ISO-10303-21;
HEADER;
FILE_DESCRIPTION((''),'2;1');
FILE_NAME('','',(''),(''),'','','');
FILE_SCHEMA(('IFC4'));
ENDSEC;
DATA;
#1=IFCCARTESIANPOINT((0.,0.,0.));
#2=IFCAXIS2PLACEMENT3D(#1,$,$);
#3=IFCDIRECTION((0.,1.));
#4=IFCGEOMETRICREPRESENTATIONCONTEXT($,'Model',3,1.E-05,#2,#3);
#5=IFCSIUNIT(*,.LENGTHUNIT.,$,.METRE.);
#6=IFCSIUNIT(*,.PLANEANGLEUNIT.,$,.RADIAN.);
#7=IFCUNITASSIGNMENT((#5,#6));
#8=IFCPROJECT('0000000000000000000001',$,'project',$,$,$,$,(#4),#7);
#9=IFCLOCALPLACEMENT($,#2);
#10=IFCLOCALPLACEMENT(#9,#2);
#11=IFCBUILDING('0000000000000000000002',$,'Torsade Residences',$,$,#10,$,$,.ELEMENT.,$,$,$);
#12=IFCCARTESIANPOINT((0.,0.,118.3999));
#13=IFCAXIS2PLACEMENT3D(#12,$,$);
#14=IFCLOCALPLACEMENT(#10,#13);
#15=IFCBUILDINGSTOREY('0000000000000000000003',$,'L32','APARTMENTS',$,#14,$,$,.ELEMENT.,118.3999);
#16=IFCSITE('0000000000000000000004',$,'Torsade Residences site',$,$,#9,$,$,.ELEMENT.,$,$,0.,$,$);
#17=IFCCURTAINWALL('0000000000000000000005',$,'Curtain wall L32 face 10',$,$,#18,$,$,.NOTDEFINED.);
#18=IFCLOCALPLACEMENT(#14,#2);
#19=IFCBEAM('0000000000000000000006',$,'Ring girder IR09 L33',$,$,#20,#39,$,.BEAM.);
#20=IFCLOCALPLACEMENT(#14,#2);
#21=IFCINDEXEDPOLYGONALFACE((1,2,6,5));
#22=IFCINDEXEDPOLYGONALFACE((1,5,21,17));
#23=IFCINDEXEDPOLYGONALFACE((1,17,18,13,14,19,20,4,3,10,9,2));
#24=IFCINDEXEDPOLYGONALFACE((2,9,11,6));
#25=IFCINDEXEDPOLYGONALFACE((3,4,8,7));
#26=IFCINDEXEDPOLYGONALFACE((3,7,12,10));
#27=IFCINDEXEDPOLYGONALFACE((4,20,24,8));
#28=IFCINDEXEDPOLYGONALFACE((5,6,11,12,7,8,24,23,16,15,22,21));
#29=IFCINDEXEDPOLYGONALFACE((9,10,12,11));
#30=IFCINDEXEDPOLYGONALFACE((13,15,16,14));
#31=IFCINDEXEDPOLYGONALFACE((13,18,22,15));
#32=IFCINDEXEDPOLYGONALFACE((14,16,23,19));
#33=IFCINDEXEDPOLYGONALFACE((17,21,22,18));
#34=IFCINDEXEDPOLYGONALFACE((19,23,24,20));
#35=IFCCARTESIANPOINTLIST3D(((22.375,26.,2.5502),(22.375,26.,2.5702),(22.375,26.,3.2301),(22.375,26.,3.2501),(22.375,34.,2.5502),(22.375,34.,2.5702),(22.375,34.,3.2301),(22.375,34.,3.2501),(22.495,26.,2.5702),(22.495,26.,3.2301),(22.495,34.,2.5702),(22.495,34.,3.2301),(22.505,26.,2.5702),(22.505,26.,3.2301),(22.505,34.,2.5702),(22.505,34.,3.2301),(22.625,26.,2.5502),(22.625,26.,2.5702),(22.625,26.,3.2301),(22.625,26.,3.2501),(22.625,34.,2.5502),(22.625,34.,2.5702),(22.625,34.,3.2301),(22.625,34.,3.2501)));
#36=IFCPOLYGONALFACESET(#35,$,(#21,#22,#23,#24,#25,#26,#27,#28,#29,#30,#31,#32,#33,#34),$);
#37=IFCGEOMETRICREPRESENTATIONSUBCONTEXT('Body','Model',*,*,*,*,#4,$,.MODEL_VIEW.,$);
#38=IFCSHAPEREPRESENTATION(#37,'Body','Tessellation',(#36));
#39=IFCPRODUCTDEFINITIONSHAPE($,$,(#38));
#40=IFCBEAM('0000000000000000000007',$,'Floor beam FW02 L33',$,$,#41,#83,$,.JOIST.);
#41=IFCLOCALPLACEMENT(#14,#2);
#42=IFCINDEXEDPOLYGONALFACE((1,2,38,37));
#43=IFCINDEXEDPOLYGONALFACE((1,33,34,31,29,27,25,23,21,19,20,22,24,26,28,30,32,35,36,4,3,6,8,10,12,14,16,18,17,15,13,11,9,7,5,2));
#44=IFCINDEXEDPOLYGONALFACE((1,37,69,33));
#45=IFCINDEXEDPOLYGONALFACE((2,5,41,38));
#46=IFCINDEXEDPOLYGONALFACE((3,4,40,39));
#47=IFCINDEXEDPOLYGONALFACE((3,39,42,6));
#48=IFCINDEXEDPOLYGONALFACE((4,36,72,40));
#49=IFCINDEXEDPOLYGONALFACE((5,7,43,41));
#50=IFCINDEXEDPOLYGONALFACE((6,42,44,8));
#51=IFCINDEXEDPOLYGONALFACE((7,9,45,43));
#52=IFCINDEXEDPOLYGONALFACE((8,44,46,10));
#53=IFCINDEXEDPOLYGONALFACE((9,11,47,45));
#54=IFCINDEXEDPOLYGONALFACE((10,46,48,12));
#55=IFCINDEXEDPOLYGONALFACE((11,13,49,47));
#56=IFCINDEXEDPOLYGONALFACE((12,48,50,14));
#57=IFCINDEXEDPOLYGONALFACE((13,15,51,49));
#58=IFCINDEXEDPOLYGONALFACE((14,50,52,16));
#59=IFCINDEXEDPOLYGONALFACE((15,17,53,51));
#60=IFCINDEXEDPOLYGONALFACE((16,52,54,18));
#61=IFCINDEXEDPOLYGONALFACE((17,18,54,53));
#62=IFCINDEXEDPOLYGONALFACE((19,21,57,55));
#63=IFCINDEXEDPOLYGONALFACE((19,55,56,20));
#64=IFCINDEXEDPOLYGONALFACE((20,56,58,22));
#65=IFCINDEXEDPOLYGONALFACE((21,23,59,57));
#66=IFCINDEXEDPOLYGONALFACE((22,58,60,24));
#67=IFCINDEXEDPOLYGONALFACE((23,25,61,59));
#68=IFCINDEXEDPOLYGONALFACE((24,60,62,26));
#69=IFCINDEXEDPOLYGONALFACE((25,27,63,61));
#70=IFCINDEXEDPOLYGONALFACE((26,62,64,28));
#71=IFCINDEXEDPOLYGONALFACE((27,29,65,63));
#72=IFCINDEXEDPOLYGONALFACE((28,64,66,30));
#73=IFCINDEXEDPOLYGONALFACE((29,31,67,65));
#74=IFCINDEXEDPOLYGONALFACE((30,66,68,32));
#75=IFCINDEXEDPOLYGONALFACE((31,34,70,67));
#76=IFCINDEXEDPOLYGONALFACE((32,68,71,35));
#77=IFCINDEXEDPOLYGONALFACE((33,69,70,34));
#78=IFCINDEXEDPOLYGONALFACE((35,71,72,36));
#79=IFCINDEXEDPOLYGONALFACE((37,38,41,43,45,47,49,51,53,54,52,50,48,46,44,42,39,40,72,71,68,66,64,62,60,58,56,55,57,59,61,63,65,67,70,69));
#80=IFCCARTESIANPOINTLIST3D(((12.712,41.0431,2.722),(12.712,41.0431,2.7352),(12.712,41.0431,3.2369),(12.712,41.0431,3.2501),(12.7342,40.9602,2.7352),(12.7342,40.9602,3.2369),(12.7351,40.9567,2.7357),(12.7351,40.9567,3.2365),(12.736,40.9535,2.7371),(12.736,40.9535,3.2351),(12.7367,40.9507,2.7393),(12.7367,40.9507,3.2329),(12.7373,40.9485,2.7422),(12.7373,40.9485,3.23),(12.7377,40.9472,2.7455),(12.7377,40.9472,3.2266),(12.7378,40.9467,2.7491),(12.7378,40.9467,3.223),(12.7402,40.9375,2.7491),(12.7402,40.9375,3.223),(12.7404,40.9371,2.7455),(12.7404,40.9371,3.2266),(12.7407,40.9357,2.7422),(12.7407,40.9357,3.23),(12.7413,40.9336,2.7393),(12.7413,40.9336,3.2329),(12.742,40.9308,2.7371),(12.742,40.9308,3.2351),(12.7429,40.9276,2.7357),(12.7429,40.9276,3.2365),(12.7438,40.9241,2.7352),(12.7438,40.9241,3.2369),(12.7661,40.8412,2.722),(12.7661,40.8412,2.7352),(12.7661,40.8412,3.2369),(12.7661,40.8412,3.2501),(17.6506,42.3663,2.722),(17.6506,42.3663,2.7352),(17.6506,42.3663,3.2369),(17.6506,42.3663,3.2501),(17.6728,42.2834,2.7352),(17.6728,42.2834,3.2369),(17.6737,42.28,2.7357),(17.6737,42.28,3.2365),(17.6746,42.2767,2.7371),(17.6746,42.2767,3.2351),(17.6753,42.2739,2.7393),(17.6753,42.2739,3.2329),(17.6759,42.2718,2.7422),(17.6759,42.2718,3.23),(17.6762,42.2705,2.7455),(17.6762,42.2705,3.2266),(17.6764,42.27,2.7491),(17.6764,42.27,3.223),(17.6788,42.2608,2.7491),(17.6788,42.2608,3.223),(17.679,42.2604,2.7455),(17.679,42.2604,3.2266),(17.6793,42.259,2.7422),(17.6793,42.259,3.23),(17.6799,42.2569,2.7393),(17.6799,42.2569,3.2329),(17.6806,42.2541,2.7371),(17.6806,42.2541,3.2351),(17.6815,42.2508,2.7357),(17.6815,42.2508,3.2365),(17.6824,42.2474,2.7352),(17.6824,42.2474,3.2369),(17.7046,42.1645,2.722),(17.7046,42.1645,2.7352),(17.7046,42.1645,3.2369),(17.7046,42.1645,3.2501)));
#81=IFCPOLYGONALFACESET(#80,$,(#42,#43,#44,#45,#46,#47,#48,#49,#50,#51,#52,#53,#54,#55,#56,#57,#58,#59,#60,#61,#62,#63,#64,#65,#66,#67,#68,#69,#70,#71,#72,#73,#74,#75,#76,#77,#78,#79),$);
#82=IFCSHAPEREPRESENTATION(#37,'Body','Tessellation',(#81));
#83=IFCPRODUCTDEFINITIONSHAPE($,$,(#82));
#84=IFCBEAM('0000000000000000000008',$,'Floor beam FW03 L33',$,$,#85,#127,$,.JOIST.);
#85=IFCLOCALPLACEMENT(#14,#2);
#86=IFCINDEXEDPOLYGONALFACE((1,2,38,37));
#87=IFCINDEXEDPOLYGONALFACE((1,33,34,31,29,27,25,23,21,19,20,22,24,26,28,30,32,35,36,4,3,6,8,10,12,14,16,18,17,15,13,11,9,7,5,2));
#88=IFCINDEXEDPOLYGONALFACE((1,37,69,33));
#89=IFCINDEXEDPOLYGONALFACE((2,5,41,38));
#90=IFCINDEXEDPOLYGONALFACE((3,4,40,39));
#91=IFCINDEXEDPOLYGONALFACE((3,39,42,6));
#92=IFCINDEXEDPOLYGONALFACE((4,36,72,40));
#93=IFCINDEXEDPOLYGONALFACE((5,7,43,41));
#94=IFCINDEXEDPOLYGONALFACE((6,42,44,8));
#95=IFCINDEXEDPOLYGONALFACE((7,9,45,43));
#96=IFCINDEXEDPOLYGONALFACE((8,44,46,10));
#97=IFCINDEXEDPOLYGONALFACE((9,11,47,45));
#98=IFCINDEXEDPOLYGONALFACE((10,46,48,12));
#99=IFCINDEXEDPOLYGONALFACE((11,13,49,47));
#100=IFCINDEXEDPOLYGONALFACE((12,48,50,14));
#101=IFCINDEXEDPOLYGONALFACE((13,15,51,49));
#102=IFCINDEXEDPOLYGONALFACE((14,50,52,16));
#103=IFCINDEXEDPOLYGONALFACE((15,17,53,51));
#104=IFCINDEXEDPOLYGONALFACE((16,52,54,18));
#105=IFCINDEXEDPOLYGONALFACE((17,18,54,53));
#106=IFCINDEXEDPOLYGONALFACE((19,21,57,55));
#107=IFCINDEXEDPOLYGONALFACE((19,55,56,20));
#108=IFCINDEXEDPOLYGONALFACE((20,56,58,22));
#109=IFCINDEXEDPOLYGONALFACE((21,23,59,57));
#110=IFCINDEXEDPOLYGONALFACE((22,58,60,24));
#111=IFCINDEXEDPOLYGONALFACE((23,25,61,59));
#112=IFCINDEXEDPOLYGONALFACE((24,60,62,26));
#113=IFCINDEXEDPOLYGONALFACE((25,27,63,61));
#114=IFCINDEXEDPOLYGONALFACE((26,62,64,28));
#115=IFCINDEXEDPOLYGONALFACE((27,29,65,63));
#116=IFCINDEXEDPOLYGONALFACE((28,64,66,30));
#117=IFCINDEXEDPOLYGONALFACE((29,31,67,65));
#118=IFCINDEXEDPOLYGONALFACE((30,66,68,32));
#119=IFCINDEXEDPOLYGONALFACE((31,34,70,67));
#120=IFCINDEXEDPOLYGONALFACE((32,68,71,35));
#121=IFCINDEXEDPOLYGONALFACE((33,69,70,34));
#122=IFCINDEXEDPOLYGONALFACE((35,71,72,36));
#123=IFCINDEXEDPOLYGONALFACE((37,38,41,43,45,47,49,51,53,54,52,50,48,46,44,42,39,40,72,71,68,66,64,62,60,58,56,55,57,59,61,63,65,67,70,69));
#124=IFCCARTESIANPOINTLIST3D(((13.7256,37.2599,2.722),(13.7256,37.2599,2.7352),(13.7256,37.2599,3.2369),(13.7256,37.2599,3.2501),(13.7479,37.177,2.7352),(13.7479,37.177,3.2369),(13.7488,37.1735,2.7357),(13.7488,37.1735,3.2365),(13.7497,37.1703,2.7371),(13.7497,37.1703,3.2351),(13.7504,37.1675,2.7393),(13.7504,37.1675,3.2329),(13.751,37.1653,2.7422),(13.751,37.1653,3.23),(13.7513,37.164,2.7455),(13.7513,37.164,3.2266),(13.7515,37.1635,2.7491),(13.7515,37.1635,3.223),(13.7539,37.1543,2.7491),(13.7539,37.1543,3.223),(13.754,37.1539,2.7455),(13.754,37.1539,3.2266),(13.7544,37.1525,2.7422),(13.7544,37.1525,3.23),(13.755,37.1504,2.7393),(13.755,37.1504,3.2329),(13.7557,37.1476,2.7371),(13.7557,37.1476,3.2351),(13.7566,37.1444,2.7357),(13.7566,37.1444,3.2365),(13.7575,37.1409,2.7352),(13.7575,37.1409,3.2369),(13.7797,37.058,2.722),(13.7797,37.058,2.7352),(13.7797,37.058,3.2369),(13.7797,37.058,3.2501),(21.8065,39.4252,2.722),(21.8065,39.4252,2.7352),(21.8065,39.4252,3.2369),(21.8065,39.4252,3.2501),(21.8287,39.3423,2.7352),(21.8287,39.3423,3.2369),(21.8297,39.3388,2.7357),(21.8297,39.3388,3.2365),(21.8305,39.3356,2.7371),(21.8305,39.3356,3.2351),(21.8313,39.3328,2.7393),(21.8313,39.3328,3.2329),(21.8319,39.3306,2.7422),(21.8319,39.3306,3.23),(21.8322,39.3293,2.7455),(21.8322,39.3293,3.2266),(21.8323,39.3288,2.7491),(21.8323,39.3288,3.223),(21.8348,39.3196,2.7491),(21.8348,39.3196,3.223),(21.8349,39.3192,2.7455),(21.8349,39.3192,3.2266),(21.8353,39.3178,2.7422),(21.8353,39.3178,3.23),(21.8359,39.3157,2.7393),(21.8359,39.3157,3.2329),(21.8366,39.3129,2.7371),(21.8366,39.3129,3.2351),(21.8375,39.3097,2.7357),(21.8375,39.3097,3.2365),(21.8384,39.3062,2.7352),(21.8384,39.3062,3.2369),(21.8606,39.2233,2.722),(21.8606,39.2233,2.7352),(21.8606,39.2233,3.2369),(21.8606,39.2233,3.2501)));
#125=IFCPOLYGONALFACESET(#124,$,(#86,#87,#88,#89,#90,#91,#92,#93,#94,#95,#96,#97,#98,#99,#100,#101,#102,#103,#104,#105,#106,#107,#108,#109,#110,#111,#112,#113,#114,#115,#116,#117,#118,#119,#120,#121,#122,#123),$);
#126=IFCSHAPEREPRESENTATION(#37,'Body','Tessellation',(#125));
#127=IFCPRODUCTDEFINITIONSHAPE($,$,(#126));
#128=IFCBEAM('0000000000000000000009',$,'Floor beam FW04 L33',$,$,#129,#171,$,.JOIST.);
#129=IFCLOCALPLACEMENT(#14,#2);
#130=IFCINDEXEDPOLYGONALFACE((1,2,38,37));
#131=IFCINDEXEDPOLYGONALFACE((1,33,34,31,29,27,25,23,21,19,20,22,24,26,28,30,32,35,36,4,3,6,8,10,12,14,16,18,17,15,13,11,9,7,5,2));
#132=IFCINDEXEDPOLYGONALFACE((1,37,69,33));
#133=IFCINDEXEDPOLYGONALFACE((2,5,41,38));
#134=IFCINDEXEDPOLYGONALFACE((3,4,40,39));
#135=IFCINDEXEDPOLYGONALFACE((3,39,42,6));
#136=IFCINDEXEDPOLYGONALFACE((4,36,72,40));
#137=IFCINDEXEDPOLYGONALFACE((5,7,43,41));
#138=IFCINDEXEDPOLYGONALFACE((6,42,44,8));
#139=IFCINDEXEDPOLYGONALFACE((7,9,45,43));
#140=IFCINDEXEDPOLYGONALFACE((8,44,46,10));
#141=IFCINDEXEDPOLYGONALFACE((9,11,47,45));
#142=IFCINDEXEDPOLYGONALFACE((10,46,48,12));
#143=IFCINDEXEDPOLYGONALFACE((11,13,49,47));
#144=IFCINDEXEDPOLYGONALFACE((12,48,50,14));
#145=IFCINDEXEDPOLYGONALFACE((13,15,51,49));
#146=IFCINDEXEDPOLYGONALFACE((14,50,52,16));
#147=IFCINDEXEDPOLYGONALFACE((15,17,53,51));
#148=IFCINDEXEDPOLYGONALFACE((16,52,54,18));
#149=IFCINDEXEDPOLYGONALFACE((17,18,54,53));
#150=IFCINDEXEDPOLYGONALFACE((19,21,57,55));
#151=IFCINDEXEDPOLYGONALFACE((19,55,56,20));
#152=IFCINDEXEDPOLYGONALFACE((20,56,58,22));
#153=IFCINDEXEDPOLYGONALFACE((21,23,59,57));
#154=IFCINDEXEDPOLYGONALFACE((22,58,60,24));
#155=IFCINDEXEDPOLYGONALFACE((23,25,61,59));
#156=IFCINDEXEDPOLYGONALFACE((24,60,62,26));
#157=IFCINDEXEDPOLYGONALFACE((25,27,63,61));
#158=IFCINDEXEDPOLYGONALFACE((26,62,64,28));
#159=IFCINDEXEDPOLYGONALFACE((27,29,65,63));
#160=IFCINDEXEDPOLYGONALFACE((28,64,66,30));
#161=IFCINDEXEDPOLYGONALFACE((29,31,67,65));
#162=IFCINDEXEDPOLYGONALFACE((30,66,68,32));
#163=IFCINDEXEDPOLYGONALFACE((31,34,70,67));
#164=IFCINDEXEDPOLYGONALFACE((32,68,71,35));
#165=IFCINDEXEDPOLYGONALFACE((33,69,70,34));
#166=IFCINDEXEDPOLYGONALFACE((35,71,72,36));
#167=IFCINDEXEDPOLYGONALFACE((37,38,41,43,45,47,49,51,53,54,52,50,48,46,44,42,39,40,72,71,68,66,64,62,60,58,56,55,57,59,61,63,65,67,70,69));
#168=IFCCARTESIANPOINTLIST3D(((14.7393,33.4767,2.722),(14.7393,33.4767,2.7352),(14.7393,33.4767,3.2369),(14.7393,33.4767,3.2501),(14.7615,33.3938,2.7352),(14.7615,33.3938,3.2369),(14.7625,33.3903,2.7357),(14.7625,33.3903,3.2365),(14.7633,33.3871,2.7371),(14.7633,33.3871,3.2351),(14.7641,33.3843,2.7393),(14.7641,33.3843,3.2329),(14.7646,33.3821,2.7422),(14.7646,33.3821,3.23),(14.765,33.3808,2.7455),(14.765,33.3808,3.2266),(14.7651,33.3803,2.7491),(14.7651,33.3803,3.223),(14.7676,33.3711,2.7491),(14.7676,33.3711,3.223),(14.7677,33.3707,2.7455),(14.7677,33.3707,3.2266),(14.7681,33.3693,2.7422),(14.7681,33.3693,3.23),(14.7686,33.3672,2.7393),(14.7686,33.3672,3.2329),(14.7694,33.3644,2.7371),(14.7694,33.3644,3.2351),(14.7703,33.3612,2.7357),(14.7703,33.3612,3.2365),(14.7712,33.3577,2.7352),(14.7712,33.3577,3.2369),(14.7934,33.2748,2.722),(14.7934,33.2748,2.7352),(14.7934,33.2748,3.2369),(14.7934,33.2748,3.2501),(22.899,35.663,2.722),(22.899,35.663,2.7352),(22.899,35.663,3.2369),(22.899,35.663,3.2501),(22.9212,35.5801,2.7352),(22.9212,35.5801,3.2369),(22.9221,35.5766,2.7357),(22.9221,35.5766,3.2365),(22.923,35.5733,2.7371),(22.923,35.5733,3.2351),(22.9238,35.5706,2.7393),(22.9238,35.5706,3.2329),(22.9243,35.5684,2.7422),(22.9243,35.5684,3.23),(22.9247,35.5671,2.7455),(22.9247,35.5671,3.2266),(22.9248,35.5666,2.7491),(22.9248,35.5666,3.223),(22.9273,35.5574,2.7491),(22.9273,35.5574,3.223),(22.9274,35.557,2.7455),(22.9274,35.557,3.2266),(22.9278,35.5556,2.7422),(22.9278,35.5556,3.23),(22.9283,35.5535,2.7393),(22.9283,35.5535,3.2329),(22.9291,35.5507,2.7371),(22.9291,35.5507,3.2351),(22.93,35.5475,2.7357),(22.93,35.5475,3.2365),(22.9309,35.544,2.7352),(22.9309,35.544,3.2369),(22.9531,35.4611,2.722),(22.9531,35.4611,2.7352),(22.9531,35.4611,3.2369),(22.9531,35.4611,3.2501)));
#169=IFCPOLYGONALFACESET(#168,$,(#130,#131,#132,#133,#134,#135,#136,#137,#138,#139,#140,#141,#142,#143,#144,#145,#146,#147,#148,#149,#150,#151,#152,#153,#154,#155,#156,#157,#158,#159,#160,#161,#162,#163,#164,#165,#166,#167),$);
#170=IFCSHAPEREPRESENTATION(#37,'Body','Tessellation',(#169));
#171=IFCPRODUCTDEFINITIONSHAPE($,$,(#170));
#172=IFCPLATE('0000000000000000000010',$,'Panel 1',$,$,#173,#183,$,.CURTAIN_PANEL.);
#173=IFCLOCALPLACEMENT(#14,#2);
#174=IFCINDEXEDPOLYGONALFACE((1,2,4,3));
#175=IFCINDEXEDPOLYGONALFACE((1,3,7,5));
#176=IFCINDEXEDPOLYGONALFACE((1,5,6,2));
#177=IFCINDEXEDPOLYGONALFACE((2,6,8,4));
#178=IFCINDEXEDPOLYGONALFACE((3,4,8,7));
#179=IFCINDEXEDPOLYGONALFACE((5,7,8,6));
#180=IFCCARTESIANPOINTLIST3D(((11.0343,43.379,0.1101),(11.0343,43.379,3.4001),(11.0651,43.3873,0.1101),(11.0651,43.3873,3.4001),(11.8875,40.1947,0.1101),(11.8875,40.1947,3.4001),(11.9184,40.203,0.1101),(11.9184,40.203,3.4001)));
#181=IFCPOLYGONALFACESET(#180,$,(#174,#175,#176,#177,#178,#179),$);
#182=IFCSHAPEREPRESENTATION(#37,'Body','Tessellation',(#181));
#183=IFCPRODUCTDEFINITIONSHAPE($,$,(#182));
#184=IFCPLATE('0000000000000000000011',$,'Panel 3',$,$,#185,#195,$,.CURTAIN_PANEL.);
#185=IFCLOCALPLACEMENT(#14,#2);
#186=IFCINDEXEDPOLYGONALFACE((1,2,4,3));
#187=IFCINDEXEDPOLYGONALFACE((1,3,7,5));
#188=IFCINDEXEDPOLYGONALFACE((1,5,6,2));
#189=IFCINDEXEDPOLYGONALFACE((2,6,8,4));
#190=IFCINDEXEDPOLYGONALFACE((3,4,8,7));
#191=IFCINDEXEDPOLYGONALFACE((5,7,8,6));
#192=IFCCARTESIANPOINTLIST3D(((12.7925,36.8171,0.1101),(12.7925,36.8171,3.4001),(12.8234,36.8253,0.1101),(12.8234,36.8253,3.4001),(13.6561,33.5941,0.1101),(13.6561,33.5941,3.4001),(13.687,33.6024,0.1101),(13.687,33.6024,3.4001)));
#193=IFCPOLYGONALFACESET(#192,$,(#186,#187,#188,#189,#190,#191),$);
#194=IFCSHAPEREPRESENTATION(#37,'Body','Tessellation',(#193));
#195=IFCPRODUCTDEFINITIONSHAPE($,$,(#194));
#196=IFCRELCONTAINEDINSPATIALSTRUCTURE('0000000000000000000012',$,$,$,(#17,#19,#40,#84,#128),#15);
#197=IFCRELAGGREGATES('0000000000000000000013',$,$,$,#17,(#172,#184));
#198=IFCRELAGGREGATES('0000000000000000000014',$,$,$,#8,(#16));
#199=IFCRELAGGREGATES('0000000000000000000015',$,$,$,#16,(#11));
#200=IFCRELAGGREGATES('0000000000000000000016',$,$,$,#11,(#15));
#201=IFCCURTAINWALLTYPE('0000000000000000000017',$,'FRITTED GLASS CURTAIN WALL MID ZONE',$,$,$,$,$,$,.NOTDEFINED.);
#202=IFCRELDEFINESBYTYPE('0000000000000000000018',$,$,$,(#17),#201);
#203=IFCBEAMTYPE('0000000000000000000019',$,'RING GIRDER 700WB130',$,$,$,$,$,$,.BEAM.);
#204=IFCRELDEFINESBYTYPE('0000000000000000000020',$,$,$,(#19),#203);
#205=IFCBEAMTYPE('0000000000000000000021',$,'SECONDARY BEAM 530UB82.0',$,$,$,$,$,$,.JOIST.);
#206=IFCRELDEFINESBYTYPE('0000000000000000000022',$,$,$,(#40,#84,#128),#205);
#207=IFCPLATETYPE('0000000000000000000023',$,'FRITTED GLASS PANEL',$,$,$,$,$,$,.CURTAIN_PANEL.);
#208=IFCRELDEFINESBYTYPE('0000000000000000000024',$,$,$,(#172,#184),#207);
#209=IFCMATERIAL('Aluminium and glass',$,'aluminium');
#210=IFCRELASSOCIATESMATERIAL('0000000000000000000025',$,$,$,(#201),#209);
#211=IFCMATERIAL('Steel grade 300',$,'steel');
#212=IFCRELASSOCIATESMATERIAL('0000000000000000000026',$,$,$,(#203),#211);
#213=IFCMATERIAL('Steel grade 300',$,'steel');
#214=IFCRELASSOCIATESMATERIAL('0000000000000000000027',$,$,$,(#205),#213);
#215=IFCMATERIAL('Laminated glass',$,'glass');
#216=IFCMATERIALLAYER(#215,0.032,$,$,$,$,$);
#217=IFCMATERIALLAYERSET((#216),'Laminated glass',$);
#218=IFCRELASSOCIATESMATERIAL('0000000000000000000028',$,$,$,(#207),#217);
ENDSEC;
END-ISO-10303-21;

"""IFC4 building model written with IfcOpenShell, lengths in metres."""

from ifc_helpers import new_model, si_unit, direction, frame, origin, origin_2d, place, context, subcontext, project, spatial, rectangle, i_section, extrude, material, layer, layer_set, material_profile, profile_set, type_object, element, aggregate, save


model = new_model("IFC4")

# Units and contexts
model_context = context("Model", 3, precision=1e-05, world=origin(), true_north=direction((0.0, 1.0)))
body_context = subcontext(model_context, "Body", "Model", "MODEL_VIEW")
ifc_project = project(units=[si_unit("LENGTHUNIT", "METRE"), si_unit("PLANEANGLEUNIT", "RADIAN")], contexts=[model_context])

# Site, building, storey
site_placement = place(None, origin())
site = spatial("IfcSite", under=ifc_project, at=site_placement, Name="Torsade Residences site", CompositionType="ELEMENT", RefElevation=0.0)
building_placement = place(site_placement, origin())
building = spatial("IfcBuilding", under=site, at=building_placement, Name="Torsade Residences", CompositionType="ELEMENT")
storey_placement = place(building_placement, frame((0.0, 0.0, 118.3999)))
storey = spatial("IfcBuildingStorey", under=building, at=storey_placement, Name="L32", Description="APARTMENTS", CompositionType="ELEMENT", Elevation=118.3999)

# Curtain wall
ifc_material_1 = material(Name="Aluminium and glass", Category="aluminium")
curtain_wall_type = type_object("IfcCurtainWallType", Name="FRITTED GLASS CURTAIN WALL MID ZONE", PredefinedType="NOTDEFINED", material=ifc_material_1)
curtain_wall_placement = place(storey_placement, origin())
curtain_wall = element("IfcCurtainWall", 1, at=curtain_wall_placement, inside=storey, type_object=curtain_wall_type, Name="Curtain wall L32 face 10", PredefinedType="NOTDEFINED")

# Beams
ifc_material_2 = material(Name="Steel grade 300", Category="steel")
ifc_material_profile_1 = material_profile(ifc_material_2, i_section(OverallWidth=0.25, OverallDepth=0.7, WebThickness=0.01, FlangeThickness=0.02, at=origin_2d()), Name="700WB130")
ifc_profile_set_1 = profile_set([ifc_material_profile_1], Name="Steel grade 300")
beam_type_1 = type_object("IfcBeamType", Name="RING GIRDER 700WB130", PredefinedType="BEAM", material=ifc_profile_set_1)
beam_1_placement = place(storey_placement, frame((22.5, 34.0, 2.9001), z_axis=(0.0, -1.0, 0.0), x_axis=(1.0, 0.0, 0.0)))
element("IfcBeam", 2, at=beam_1_placement, inside=storey, type_object=beam_type_1, Name="Ring girder IR09 L33", PredefinedType="BEAM", context=body_context, shape_type="SweptSolid", body=[
    extrude(i_section(OverallWidth=0.25, OverallDepth=0.7, WebThickness=0.01, FlangeThickness=0.02, at=origin_2d()), origin(), (0.0, 0.0, 1.0), 8.0),
])
ifc_material_3 = material(Name="Steel grade 300", Category="steel")
ifc_material_profile_2 = material_profile(ifc_material_3, i_section(OverallWidth=0.209, OverallDepth=0.5281, WebThickness=0.0095, FlangeThickness=0.0132, FilletRadius=0.0139, at=origin_2d()), Name="530UB82.0")
ifc_profile_set_2 = profile_set([ifc_material_profile_2], Name="Steel grade 300")
beam_type_2 = type_object("IfcBeamType", Name="SECONDARY BEAM 530UB82.0", PredefinedType="JOIST", material=ifc_profile_set_2)
beam_2_placement = place(storey_placement, frame((12.739, 40.9421, 2.9861), z_axis=(0.965927, 0.258816, 0.0), x_axis=(-0.258816, 0.965927, 0.0)))
element("IfcBeam", 3, at=beam_2_placement, inside=storey, type_object=beam_type_2, Name="Floor beam FW02 L33", PredefinedType="JOIST", context=body_context, shape_type="SweptSolid", body=[
    extrude(i_section(OverallWidth=0.209, OverallDepth=0.5281, WebThickness=0.0095, FlangeThickness=0.0132, FilletRadius=0.0139, at=origin_2d()), origin(), (0.0, 0.0, 1.0), 5.1128),
])
beam_3_placement = place(storey_placement, frame((13.7527, 37.1589, 2.9861), z_axis=(0.965925, 0.258823, 0.0), x_axis=(-0.258823, 0.965925, 0.0)))
element("IfcBeam", 4, at=beam_3_placement, inside=storey, type_object=beam_type_2, Name="Floor beam FW03 L33", PredefinedType="JOIST", context=body_context, shape_type="SweptSolid", body=[
    extrude(i_section(OverallWidth=0.209, OverallDepth=0.5281, WebThickness=0.0095, FlangeThickness=0.0132, FilletRadius=0.0139, at=origin_2d()), origin(), (0.0, 0.0, 1.0), 8.366),
])
beam_4_placement = place(storey_placement, frame((14.7664, 33.3757, 2.9861), z_axis=(0.965929, 0.258808, 0.0), x_axis=(-0.258808, 0.965929, 0.0)))
element("IfcBeam", 5, at=beam_4_placement, inside=storey, type_object=beam_type_2, Name="Floor beam FW04 L33", PredefinedType="JOIST", context=body_context, shape_type="SweptSolid", body=[
    extrude(i_section(OverallWidth=0.209, OverallDepth=0.5281, WebThickness=0.0095, FlangeThickness=0.0132, FilletRadius=0.0139, at=origin_2d()), origin(), (0.0, 0.0, 1.0), 8.4475),
])

# Plates
ifc_material_4 = material(Name="Laminated glass", Category="glass")
ifc_layer_1 = layer(ifc_material_4, 0.032)
ifc_layer_set_1 = layer_set([ifc_layer_1], Name="Laminated glass")
plate_type_1 = type_object("IfcPlateType", Name="FRITTED GLASS PANEL", PredefinedType="CURTAIN_PANEL", material=ifc_layer_set_1)
plate_1_placement = place(storey_placement, frame((11.4763, 41.791, 0.1101), z_axis=(0.0, 0.0, 1.0), x_axis=(0.258819, -0.965926, 0.0)))
plate_1 = element("IfcPlate", 6, at=plate_1_placement, type_object=plate_type_1, Name="Panel 1", PredefinedType="CURTAIN_PANEL", context=body_context, shape_type="SweptSolid", body=[
    extrude(rectangle(XDim=3.2966, YDim=0.032, at=origin_2d()), origin(), (0.0, 0.0, 1.0), 3.29),
])
plate_2_placement = place(storey_placement, frame((13.2397, 35.2097, 0.1101), z_axis=(0.0, 0.0, 1.0), x_axis=(0.258819, -0.965926, 0.0)))
plate_2 = element("IfcPlate", 7, at=plate_2_placement, type_object=plate_type_1, Name="Panel 3", PredefinedType="CURTAIN_PANEL", context=body_context, shape_type="SweptSolid", body=[
    extrude(rectangle(XDim=3.3367, YDim=0.032, at=origin_2d()), origin(), (0.0, 0.0, 1.0), 3.29),
])
aggregate(curtain_wall, [plate_1, plate_2])

save(model, "model.ifc")
